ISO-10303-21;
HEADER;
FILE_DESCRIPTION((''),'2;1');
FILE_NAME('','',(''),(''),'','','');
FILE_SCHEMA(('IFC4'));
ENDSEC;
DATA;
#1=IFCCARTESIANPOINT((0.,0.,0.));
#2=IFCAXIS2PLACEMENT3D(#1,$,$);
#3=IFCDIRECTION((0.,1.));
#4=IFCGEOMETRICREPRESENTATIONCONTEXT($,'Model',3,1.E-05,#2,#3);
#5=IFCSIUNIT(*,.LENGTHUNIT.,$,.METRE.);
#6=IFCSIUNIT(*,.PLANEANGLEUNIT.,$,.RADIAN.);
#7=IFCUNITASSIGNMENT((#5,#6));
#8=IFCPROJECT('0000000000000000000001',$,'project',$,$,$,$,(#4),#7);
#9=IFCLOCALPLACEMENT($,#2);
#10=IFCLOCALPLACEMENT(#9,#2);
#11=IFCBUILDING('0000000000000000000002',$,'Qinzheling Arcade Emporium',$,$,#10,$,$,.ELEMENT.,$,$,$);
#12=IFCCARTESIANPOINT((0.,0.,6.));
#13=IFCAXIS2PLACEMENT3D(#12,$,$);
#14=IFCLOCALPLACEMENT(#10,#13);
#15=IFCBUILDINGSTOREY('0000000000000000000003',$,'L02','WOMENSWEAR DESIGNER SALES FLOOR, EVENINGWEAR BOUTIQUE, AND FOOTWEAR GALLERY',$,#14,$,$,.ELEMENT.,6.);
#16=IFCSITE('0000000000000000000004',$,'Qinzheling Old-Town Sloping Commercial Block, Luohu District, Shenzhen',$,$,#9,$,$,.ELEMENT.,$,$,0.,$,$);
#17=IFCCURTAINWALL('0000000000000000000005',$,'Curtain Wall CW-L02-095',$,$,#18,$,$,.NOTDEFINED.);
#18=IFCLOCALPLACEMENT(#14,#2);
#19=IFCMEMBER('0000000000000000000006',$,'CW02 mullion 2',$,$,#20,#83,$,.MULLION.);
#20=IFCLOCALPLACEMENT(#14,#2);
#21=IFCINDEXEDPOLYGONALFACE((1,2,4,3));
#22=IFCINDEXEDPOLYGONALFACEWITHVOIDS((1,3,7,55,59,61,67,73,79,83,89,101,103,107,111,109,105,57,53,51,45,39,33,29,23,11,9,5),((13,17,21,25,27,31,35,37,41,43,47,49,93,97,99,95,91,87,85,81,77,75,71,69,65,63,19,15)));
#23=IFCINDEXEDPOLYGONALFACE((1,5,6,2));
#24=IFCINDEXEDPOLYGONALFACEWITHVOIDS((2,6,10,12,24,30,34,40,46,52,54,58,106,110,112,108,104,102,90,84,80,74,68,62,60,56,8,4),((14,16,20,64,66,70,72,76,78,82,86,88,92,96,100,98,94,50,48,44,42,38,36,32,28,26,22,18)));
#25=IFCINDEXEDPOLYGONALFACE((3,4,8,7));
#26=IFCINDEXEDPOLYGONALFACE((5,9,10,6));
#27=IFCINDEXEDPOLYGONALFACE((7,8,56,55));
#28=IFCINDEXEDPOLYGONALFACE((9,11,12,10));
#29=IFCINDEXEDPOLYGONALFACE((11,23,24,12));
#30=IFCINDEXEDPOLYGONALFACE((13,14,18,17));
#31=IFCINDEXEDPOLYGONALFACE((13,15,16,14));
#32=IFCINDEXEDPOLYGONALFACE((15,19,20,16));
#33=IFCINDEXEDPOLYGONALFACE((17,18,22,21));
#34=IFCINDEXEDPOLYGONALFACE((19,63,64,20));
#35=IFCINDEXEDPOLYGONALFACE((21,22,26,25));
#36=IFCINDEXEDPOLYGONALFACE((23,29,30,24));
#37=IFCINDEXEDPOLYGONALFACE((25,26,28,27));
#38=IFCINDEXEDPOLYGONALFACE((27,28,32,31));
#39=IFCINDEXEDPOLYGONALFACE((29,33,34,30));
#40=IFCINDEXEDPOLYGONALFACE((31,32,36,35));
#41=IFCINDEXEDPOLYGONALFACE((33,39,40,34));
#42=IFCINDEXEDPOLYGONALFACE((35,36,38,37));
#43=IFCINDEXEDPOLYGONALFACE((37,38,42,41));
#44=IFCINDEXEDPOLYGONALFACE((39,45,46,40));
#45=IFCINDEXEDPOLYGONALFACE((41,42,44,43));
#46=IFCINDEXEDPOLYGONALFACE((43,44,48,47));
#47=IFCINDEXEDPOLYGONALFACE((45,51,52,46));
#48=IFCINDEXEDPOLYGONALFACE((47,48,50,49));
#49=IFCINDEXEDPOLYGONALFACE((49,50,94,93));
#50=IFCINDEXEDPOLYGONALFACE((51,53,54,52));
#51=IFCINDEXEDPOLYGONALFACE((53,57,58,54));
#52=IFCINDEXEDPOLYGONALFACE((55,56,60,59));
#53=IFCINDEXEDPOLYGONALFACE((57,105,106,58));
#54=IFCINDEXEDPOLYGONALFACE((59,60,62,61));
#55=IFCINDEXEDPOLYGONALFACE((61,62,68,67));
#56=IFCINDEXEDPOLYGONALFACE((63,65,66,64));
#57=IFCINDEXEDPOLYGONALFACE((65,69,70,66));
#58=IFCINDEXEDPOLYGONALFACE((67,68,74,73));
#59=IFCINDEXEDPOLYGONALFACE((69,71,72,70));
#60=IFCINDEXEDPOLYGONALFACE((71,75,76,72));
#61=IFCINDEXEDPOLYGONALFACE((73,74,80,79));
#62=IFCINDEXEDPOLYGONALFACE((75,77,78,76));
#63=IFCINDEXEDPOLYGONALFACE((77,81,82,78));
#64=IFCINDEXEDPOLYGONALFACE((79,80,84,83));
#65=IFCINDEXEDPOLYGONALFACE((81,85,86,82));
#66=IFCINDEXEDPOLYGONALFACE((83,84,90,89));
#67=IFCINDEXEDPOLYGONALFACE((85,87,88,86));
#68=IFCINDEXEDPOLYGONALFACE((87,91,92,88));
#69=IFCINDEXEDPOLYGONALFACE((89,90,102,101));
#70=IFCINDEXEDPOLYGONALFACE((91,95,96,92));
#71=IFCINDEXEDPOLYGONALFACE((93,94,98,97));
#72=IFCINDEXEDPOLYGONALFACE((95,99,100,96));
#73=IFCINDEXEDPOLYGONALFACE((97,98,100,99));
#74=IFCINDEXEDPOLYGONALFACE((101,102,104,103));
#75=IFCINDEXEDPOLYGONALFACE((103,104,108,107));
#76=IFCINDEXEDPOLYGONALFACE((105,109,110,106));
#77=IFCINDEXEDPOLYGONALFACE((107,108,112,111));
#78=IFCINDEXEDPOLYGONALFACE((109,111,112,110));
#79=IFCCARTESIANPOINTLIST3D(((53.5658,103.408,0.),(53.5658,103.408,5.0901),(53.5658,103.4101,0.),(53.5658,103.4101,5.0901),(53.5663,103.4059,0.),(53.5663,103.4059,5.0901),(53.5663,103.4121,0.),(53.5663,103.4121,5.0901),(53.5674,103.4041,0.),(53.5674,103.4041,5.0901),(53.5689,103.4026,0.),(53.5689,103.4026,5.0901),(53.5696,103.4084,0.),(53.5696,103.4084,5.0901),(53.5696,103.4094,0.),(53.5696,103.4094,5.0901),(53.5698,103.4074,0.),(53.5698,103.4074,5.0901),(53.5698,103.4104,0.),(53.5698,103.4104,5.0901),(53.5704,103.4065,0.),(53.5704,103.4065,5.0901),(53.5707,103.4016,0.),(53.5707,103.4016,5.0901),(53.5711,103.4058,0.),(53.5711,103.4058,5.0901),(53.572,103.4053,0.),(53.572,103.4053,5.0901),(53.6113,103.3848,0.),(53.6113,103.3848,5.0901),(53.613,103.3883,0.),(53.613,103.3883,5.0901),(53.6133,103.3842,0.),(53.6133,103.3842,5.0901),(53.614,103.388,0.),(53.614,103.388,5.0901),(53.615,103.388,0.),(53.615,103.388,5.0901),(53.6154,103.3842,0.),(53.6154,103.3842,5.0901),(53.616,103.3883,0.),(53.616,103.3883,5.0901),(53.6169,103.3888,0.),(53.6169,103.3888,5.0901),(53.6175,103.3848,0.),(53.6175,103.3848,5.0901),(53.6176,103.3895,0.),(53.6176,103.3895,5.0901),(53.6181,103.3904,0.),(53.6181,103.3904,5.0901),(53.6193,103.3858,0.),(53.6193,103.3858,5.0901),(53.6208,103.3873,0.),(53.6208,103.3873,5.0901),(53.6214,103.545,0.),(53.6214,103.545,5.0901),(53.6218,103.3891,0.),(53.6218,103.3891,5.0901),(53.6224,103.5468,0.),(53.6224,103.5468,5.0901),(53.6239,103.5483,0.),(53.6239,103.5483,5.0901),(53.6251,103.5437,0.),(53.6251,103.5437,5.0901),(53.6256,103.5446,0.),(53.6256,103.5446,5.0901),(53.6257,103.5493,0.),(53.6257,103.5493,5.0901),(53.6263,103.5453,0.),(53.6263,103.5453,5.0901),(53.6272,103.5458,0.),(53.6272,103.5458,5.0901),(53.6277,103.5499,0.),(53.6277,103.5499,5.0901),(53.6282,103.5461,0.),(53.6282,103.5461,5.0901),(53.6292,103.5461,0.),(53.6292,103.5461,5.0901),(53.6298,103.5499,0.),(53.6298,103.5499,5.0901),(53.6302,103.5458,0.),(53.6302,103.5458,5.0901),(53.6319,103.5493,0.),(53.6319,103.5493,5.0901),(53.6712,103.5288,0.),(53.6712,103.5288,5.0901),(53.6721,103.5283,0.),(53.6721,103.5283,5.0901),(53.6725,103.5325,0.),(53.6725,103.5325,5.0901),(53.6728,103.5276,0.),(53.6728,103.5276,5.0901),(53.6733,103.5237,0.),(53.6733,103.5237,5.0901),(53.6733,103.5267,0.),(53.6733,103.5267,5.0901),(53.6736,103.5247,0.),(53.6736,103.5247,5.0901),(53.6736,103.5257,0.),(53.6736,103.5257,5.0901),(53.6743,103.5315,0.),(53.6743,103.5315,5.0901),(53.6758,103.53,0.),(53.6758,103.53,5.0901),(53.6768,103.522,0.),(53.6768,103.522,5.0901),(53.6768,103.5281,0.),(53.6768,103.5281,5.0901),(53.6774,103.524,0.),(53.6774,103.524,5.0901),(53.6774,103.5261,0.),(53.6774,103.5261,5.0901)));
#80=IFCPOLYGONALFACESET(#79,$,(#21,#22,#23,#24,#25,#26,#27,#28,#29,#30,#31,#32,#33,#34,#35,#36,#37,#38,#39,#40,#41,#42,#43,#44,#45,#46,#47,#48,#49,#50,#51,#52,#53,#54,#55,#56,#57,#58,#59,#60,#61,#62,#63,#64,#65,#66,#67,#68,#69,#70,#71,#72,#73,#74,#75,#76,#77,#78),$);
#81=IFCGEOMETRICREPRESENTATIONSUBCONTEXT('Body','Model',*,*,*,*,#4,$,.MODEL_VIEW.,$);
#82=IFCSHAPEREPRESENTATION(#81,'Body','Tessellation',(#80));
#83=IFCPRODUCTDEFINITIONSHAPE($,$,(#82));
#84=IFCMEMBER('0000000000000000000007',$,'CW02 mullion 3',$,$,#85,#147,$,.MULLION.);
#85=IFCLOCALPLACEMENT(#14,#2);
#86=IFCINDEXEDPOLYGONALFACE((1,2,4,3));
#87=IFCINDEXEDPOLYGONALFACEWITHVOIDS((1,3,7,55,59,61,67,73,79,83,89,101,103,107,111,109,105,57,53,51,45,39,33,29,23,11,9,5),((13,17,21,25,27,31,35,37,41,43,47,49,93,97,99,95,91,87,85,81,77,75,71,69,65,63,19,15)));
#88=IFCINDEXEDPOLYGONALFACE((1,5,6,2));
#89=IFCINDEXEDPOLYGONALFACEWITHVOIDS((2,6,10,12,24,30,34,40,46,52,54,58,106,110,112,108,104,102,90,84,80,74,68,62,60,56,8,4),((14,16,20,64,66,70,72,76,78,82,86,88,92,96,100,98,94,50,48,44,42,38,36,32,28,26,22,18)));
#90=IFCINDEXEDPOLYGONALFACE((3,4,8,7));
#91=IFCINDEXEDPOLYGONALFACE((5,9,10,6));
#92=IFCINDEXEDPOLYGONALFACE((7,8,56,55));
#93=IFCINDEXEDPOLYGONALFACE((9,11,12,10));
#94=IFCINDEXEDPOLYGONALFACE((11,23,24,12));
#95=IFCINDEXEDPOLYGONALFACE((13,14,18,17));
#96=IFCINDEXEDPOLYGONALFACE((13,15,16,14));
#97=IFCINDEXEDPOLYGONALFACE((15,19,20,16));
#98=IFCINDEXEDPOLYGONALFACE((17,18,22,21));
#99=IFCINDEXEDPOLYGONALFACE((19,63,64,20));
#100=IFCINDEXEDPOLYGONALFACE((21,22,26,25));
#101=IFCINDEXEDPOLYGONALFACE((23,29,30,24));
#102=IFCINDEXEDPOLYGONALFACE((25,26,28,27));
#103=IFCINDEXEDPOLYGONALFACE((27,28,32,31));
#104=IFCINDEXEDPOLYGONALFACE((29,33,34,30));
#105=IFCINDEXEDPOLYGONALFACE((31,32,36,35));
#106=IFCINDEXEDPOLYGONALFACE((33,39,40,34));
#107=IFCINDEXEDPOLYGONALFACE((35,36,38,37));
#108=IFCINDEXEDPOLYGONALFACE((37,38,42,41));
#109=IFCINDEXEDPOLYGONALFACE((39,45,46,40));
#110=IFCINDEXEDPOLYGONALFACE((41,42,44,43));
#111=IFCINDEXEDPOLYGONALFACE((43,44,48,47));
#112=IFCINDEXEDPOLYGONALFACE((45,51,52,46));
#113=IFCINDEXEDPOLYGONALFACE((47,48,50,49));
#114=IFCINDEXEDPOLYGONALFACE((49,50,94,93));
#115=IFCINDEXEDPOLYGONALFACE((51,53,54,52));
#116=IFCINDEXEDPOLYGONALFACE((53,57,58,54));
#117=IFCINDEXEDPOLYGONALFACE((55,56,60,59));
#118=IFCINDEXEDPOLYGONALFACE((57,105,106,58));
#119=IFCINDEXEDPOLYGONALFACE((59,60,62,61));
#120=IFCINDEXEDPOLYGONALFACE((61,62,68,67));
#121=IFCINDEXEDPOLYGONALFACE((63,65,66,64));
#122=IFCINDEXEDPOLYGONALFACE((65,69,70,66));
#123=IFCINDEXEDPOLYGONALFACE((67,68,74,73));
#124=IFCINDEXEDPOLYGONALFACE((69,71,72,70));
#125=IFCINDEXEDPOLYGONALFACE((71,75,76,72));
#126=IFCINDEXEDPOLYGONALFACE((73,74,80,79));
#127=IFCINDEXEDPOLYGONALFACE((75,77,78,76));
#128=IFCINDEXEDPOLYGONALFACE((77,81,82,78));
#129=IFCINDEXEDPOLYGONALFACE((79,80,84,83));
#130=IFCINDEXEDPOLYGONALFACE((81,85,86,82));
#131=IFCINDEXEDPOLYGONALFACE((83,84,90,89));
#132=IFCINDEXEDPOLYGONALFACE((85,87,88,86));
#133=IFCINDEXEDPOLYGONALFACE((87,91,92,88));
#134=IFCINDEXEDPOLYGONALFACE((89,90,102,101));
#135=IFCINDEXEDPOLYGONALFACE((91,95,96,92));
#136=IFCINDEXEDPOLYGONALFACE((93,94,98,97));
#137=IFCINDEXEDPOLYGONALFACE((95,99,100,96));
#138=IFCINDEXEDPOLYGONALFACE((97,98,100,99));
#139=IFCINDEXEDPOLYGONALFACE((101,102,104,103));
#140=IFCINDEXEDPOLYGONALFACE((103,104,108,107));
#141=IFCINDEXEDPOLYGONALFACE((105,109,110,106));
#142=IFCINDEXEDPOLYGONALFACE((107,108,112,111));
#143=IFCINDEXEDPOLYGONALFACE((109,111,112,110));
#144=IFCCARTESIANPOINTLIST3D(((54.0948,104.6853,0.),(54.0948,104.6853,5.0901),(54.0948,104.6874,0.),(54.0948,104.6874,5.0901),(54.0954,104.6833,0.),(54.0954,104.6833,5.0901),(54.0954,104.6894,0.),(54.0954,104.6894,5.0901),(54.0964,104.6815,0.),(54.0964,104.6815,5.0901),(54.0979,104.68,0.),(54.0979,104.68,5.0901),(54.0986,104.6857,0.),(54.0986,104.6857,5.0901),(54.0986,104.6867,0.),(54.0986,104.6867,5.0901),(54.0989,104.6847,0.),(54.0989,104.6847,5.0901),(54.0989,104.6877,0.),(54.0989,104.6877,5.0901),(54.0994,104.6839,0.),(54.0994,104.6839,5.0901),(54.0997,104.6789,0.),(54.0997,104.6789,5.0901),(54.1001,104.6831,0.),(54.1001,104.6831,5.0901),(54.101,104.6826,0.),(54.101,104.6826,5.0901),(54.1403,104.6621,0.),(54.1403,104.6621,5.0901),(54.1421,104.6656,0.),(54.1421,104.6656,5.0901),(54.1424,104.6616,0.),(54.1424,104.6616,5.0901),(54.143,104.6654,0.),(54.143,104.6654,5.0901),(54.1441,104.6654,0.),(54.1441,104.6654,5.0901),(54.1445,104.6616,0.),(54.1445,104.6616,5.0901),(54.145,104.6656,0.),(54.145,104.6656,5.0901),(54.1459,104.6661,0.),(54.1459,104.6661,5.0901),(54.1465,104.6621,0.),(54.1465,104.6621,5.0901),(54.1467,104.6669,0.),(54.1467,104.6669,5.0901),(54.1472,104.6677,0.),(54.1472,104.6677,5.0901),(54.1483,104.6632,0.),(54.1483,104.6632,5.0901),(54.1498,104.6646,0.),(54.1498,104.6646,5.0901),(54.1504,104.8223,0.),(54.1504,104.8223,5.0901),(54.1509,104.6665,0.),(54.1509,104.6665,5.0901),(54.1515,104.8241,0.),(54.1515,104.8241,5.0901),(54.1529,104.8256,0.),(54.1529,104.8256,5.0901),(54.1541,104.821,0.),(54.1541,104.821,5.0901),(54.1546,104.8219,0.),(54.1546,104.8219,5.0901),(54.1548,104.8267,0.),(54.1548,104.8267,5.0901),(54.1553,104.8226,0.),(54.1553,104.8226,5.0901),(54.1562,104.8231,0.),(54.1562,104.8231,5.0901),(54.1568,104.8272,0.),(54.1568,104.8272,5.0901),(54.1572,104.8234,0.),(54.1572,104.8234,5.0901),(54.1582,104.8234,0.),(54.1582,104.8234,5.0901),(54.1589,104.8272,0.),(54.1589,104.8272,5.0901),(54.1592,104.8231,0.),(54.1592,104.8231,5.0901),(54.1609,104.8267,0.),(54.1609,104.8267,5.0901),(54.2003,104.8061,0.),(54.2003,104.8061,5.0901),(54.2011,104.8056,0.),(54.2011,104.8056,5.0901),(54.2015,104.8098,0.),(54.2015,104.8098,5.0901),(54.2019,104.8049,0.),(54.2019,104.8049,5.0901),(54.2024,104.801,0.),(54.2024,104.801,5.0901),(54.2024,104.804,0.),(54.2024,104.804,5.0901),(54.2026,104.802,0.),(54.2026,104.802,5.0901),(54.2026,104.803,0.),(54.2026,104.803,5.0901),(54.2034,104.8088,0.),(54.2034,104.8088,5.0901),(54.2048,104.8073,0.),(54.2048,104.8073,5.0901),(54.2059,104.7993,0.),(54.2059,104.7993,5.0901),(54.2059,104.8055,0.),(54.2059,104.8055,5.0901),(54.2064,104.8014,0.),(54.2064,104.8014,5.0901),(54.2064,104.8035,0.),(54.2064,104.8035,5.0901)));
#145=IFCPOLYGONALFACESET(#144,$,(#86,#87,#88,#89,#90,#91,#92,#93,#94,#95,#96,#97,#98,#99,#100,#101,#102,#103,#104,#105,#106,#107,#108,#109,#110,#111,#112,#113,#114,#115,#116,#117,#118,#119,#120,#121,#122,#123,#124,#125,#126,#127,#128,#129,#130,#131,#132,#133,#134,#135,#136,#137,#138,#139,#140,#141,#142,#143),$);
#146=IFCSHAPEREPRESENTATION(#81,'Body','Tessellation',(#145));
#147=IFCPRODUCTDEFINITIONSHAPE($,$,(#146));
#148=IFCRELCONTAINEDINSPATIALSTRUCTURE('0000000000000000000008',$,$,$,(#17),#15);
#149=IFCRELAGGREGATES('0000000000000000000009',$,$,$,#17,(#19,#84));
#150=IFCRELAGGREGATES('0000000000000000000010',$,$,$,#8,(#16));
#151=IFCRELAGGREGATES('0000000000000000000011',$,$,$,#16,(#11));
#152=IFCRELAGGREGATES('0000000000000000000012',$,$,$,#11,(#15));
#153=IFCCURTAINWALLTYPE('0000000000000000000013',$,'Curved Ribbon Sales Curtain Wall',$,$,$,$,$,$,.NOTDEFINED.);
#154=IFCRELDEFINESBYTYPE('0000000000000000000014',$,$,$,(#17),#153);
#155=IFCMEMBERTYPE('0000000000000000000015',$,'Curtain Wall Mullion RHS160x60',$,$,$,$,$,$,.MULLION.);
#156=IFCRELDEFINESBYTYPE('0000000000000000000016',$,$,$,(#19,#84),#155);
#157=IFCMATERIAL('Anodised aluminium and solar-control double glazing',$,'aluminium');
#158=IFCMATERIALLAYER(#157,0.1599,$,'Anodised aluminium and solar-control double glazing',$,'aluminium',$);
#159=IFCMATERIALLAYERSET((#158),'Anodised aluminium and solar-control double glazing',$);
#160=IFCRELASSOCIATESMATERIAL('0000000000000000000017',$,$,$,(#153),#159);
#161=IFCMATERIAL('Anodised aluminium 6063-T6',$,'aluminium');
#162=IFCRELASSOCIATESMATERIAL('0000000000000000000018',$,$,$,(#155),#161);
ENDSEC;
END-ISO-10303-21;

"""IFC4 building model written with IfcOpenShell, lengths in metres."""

from ifc_helpers import new_model, si_unit, direction, frame, origin, origin_2d, place, context, subcontext, project, spatial, hollow_rectangle, extrude, material, layer, layer_set, material_profile, profile_set, type_object, element, aggregate, save


model = new_model("IFC4")

# Units and contexts
model_context = context("Model", 3, precision=1e-05, world=origin(), true_north=direction((0.0, 1.0)))
body_context = subcontext(model_context, "Body", "Model", "MODEL_VIEW")
ifc_project = project(units=[si_unit("LENGTHUNIT", "METRE"), si_unit("PLANEANGLEUNIT", "RADIAN")], contexts=[model_context])

# Site, building, storey
site_placement = place(None, origin())
site = spatial("IfcSite", under=ifc_project, at=site_placement, Name="Qinzheling Old-Town Sloping Commercial Block, Luohu District, Shenzhen", CompositionType="ELEMENT", RefElevation=0.0)
building_placement = place(site_placement, origin())
building = spatial("IfcBuilding", under=site, at=building_placement, Name="Qinzheling Arcade Emporium", CompositionType="ELEMENT")
storey_placement = place(building_placement, frame((0.0, 0.0, 6.0)))
storey = spatial("IfcBuildingStorey", under=building, at=storey_placement, Name="L02", Description="WOMENSWEAR DESIGNER SALES FLOOR, EVENINGWEAR BOUTIQUE, AND FOOTWEAR GALLERY", CompositionType="ELEMENT", Elevation=6.0)

# Curtain wall, members
ifc_material_1 = material(Name="Anodised aluminium and solar-control double glazing", Category="aluminium")
ifc_layer_1 = layer(ifc_material_1, 0.1599, Name="Anodised aluminium and solar-control double glazing", Category="aluminium")
ifc_layer_set_1 = layer_set([ifc_layer_1], Name="Anodised aluminium and solar-control double glazing")
curtain_wall_type = type_object("IfcCurtainWallType", Name="Curved Ribbon Sales Curtain Wall", PredefinedType="NOTDEFINED", material=ifc_layer_set_1)
curtain_wall_1_placement = place(storey_placement, origin())
curtain_wall_1 = element("IfcCurtainWall", 1, at=curtain_wall_1_placement, inside=storey, type_object=curtain_wall_type, Name="Curtain Wall CW-L02-095", PredefinedType="NOTDEFINED")
ifc_material_2 = material(Name="Anodised aluminium 6063-T6", Category="aluminium")
ifc_material_profile_1 = material_profile(ifc_material_2, hollow_rectangle(XDim=0.0601, YDim=0.1599, WallThickness=0.0039, InnerFilletRadius=0.0039, OuterFilletRadius=0.0081, at=origin_2d()), Name="RHS 160x60x4", Category="aluminium")
ifc_profile_set_1 = profile_set([ifc_material_profile_1], Name="Anodised aluminium 6063-T6")
member_type_1 = type_object("IfcMemberType", Name="Curtain Wall Mullion RHS160x60", PredefinedType="MULLION", material=ifc_profile_set_1)
member_1_placement = place(storey_placement, frame((53.6216, 103.467, 0.0), z_axis=(0.0, 0.0, 1.0), x_axis=(-0.923892, 0.382654, 0.0)))
member_1 = element("IfcMember", 2, at=member_1_placement, type_object=member_type_1, Name="CW02 mullion 2", PredefinedType="MULLION", context=body_context, shape_type="SweptSolid", body=[
    extrude(hollow_rectangle(XDim=0.0601, YDim=0.1599, WallThickness=0.0039, InnerFilletRadius=0.0039, OuterFilletRadius=0.0081, at=origin_2d()), origin(), (0.0, 0.0, 1.0), 5.0901),
])
member_2_placement = place(storey_placement, frame((54.1506, 104.7444, 0.0), z_axis=(0.0, 0.0, 1.0), x_axis=(-0.923892, 0.382654, 0.0)))
member_2 = element("IfcMember", 3, at=member_2_placement, type_object=member_type_1, Name="CW02 mullion 3", PredefinedType="MULLION", context=body_context, shape_type="SweptSolid", body=[
    extrude(hollow_rectangle(XDim=0.0601, YDim=0.1599, WallThickness=0.0039, InnerFilletRadius=0.0039, OuterFilletRadius=0.0081, at=origin_2d()), origin(), (0.0, 0.0, 1.0), 5.0901),
])

aggregate(curtain_wall_1, [member_1, member_2])

save(model, "model.ifc")
